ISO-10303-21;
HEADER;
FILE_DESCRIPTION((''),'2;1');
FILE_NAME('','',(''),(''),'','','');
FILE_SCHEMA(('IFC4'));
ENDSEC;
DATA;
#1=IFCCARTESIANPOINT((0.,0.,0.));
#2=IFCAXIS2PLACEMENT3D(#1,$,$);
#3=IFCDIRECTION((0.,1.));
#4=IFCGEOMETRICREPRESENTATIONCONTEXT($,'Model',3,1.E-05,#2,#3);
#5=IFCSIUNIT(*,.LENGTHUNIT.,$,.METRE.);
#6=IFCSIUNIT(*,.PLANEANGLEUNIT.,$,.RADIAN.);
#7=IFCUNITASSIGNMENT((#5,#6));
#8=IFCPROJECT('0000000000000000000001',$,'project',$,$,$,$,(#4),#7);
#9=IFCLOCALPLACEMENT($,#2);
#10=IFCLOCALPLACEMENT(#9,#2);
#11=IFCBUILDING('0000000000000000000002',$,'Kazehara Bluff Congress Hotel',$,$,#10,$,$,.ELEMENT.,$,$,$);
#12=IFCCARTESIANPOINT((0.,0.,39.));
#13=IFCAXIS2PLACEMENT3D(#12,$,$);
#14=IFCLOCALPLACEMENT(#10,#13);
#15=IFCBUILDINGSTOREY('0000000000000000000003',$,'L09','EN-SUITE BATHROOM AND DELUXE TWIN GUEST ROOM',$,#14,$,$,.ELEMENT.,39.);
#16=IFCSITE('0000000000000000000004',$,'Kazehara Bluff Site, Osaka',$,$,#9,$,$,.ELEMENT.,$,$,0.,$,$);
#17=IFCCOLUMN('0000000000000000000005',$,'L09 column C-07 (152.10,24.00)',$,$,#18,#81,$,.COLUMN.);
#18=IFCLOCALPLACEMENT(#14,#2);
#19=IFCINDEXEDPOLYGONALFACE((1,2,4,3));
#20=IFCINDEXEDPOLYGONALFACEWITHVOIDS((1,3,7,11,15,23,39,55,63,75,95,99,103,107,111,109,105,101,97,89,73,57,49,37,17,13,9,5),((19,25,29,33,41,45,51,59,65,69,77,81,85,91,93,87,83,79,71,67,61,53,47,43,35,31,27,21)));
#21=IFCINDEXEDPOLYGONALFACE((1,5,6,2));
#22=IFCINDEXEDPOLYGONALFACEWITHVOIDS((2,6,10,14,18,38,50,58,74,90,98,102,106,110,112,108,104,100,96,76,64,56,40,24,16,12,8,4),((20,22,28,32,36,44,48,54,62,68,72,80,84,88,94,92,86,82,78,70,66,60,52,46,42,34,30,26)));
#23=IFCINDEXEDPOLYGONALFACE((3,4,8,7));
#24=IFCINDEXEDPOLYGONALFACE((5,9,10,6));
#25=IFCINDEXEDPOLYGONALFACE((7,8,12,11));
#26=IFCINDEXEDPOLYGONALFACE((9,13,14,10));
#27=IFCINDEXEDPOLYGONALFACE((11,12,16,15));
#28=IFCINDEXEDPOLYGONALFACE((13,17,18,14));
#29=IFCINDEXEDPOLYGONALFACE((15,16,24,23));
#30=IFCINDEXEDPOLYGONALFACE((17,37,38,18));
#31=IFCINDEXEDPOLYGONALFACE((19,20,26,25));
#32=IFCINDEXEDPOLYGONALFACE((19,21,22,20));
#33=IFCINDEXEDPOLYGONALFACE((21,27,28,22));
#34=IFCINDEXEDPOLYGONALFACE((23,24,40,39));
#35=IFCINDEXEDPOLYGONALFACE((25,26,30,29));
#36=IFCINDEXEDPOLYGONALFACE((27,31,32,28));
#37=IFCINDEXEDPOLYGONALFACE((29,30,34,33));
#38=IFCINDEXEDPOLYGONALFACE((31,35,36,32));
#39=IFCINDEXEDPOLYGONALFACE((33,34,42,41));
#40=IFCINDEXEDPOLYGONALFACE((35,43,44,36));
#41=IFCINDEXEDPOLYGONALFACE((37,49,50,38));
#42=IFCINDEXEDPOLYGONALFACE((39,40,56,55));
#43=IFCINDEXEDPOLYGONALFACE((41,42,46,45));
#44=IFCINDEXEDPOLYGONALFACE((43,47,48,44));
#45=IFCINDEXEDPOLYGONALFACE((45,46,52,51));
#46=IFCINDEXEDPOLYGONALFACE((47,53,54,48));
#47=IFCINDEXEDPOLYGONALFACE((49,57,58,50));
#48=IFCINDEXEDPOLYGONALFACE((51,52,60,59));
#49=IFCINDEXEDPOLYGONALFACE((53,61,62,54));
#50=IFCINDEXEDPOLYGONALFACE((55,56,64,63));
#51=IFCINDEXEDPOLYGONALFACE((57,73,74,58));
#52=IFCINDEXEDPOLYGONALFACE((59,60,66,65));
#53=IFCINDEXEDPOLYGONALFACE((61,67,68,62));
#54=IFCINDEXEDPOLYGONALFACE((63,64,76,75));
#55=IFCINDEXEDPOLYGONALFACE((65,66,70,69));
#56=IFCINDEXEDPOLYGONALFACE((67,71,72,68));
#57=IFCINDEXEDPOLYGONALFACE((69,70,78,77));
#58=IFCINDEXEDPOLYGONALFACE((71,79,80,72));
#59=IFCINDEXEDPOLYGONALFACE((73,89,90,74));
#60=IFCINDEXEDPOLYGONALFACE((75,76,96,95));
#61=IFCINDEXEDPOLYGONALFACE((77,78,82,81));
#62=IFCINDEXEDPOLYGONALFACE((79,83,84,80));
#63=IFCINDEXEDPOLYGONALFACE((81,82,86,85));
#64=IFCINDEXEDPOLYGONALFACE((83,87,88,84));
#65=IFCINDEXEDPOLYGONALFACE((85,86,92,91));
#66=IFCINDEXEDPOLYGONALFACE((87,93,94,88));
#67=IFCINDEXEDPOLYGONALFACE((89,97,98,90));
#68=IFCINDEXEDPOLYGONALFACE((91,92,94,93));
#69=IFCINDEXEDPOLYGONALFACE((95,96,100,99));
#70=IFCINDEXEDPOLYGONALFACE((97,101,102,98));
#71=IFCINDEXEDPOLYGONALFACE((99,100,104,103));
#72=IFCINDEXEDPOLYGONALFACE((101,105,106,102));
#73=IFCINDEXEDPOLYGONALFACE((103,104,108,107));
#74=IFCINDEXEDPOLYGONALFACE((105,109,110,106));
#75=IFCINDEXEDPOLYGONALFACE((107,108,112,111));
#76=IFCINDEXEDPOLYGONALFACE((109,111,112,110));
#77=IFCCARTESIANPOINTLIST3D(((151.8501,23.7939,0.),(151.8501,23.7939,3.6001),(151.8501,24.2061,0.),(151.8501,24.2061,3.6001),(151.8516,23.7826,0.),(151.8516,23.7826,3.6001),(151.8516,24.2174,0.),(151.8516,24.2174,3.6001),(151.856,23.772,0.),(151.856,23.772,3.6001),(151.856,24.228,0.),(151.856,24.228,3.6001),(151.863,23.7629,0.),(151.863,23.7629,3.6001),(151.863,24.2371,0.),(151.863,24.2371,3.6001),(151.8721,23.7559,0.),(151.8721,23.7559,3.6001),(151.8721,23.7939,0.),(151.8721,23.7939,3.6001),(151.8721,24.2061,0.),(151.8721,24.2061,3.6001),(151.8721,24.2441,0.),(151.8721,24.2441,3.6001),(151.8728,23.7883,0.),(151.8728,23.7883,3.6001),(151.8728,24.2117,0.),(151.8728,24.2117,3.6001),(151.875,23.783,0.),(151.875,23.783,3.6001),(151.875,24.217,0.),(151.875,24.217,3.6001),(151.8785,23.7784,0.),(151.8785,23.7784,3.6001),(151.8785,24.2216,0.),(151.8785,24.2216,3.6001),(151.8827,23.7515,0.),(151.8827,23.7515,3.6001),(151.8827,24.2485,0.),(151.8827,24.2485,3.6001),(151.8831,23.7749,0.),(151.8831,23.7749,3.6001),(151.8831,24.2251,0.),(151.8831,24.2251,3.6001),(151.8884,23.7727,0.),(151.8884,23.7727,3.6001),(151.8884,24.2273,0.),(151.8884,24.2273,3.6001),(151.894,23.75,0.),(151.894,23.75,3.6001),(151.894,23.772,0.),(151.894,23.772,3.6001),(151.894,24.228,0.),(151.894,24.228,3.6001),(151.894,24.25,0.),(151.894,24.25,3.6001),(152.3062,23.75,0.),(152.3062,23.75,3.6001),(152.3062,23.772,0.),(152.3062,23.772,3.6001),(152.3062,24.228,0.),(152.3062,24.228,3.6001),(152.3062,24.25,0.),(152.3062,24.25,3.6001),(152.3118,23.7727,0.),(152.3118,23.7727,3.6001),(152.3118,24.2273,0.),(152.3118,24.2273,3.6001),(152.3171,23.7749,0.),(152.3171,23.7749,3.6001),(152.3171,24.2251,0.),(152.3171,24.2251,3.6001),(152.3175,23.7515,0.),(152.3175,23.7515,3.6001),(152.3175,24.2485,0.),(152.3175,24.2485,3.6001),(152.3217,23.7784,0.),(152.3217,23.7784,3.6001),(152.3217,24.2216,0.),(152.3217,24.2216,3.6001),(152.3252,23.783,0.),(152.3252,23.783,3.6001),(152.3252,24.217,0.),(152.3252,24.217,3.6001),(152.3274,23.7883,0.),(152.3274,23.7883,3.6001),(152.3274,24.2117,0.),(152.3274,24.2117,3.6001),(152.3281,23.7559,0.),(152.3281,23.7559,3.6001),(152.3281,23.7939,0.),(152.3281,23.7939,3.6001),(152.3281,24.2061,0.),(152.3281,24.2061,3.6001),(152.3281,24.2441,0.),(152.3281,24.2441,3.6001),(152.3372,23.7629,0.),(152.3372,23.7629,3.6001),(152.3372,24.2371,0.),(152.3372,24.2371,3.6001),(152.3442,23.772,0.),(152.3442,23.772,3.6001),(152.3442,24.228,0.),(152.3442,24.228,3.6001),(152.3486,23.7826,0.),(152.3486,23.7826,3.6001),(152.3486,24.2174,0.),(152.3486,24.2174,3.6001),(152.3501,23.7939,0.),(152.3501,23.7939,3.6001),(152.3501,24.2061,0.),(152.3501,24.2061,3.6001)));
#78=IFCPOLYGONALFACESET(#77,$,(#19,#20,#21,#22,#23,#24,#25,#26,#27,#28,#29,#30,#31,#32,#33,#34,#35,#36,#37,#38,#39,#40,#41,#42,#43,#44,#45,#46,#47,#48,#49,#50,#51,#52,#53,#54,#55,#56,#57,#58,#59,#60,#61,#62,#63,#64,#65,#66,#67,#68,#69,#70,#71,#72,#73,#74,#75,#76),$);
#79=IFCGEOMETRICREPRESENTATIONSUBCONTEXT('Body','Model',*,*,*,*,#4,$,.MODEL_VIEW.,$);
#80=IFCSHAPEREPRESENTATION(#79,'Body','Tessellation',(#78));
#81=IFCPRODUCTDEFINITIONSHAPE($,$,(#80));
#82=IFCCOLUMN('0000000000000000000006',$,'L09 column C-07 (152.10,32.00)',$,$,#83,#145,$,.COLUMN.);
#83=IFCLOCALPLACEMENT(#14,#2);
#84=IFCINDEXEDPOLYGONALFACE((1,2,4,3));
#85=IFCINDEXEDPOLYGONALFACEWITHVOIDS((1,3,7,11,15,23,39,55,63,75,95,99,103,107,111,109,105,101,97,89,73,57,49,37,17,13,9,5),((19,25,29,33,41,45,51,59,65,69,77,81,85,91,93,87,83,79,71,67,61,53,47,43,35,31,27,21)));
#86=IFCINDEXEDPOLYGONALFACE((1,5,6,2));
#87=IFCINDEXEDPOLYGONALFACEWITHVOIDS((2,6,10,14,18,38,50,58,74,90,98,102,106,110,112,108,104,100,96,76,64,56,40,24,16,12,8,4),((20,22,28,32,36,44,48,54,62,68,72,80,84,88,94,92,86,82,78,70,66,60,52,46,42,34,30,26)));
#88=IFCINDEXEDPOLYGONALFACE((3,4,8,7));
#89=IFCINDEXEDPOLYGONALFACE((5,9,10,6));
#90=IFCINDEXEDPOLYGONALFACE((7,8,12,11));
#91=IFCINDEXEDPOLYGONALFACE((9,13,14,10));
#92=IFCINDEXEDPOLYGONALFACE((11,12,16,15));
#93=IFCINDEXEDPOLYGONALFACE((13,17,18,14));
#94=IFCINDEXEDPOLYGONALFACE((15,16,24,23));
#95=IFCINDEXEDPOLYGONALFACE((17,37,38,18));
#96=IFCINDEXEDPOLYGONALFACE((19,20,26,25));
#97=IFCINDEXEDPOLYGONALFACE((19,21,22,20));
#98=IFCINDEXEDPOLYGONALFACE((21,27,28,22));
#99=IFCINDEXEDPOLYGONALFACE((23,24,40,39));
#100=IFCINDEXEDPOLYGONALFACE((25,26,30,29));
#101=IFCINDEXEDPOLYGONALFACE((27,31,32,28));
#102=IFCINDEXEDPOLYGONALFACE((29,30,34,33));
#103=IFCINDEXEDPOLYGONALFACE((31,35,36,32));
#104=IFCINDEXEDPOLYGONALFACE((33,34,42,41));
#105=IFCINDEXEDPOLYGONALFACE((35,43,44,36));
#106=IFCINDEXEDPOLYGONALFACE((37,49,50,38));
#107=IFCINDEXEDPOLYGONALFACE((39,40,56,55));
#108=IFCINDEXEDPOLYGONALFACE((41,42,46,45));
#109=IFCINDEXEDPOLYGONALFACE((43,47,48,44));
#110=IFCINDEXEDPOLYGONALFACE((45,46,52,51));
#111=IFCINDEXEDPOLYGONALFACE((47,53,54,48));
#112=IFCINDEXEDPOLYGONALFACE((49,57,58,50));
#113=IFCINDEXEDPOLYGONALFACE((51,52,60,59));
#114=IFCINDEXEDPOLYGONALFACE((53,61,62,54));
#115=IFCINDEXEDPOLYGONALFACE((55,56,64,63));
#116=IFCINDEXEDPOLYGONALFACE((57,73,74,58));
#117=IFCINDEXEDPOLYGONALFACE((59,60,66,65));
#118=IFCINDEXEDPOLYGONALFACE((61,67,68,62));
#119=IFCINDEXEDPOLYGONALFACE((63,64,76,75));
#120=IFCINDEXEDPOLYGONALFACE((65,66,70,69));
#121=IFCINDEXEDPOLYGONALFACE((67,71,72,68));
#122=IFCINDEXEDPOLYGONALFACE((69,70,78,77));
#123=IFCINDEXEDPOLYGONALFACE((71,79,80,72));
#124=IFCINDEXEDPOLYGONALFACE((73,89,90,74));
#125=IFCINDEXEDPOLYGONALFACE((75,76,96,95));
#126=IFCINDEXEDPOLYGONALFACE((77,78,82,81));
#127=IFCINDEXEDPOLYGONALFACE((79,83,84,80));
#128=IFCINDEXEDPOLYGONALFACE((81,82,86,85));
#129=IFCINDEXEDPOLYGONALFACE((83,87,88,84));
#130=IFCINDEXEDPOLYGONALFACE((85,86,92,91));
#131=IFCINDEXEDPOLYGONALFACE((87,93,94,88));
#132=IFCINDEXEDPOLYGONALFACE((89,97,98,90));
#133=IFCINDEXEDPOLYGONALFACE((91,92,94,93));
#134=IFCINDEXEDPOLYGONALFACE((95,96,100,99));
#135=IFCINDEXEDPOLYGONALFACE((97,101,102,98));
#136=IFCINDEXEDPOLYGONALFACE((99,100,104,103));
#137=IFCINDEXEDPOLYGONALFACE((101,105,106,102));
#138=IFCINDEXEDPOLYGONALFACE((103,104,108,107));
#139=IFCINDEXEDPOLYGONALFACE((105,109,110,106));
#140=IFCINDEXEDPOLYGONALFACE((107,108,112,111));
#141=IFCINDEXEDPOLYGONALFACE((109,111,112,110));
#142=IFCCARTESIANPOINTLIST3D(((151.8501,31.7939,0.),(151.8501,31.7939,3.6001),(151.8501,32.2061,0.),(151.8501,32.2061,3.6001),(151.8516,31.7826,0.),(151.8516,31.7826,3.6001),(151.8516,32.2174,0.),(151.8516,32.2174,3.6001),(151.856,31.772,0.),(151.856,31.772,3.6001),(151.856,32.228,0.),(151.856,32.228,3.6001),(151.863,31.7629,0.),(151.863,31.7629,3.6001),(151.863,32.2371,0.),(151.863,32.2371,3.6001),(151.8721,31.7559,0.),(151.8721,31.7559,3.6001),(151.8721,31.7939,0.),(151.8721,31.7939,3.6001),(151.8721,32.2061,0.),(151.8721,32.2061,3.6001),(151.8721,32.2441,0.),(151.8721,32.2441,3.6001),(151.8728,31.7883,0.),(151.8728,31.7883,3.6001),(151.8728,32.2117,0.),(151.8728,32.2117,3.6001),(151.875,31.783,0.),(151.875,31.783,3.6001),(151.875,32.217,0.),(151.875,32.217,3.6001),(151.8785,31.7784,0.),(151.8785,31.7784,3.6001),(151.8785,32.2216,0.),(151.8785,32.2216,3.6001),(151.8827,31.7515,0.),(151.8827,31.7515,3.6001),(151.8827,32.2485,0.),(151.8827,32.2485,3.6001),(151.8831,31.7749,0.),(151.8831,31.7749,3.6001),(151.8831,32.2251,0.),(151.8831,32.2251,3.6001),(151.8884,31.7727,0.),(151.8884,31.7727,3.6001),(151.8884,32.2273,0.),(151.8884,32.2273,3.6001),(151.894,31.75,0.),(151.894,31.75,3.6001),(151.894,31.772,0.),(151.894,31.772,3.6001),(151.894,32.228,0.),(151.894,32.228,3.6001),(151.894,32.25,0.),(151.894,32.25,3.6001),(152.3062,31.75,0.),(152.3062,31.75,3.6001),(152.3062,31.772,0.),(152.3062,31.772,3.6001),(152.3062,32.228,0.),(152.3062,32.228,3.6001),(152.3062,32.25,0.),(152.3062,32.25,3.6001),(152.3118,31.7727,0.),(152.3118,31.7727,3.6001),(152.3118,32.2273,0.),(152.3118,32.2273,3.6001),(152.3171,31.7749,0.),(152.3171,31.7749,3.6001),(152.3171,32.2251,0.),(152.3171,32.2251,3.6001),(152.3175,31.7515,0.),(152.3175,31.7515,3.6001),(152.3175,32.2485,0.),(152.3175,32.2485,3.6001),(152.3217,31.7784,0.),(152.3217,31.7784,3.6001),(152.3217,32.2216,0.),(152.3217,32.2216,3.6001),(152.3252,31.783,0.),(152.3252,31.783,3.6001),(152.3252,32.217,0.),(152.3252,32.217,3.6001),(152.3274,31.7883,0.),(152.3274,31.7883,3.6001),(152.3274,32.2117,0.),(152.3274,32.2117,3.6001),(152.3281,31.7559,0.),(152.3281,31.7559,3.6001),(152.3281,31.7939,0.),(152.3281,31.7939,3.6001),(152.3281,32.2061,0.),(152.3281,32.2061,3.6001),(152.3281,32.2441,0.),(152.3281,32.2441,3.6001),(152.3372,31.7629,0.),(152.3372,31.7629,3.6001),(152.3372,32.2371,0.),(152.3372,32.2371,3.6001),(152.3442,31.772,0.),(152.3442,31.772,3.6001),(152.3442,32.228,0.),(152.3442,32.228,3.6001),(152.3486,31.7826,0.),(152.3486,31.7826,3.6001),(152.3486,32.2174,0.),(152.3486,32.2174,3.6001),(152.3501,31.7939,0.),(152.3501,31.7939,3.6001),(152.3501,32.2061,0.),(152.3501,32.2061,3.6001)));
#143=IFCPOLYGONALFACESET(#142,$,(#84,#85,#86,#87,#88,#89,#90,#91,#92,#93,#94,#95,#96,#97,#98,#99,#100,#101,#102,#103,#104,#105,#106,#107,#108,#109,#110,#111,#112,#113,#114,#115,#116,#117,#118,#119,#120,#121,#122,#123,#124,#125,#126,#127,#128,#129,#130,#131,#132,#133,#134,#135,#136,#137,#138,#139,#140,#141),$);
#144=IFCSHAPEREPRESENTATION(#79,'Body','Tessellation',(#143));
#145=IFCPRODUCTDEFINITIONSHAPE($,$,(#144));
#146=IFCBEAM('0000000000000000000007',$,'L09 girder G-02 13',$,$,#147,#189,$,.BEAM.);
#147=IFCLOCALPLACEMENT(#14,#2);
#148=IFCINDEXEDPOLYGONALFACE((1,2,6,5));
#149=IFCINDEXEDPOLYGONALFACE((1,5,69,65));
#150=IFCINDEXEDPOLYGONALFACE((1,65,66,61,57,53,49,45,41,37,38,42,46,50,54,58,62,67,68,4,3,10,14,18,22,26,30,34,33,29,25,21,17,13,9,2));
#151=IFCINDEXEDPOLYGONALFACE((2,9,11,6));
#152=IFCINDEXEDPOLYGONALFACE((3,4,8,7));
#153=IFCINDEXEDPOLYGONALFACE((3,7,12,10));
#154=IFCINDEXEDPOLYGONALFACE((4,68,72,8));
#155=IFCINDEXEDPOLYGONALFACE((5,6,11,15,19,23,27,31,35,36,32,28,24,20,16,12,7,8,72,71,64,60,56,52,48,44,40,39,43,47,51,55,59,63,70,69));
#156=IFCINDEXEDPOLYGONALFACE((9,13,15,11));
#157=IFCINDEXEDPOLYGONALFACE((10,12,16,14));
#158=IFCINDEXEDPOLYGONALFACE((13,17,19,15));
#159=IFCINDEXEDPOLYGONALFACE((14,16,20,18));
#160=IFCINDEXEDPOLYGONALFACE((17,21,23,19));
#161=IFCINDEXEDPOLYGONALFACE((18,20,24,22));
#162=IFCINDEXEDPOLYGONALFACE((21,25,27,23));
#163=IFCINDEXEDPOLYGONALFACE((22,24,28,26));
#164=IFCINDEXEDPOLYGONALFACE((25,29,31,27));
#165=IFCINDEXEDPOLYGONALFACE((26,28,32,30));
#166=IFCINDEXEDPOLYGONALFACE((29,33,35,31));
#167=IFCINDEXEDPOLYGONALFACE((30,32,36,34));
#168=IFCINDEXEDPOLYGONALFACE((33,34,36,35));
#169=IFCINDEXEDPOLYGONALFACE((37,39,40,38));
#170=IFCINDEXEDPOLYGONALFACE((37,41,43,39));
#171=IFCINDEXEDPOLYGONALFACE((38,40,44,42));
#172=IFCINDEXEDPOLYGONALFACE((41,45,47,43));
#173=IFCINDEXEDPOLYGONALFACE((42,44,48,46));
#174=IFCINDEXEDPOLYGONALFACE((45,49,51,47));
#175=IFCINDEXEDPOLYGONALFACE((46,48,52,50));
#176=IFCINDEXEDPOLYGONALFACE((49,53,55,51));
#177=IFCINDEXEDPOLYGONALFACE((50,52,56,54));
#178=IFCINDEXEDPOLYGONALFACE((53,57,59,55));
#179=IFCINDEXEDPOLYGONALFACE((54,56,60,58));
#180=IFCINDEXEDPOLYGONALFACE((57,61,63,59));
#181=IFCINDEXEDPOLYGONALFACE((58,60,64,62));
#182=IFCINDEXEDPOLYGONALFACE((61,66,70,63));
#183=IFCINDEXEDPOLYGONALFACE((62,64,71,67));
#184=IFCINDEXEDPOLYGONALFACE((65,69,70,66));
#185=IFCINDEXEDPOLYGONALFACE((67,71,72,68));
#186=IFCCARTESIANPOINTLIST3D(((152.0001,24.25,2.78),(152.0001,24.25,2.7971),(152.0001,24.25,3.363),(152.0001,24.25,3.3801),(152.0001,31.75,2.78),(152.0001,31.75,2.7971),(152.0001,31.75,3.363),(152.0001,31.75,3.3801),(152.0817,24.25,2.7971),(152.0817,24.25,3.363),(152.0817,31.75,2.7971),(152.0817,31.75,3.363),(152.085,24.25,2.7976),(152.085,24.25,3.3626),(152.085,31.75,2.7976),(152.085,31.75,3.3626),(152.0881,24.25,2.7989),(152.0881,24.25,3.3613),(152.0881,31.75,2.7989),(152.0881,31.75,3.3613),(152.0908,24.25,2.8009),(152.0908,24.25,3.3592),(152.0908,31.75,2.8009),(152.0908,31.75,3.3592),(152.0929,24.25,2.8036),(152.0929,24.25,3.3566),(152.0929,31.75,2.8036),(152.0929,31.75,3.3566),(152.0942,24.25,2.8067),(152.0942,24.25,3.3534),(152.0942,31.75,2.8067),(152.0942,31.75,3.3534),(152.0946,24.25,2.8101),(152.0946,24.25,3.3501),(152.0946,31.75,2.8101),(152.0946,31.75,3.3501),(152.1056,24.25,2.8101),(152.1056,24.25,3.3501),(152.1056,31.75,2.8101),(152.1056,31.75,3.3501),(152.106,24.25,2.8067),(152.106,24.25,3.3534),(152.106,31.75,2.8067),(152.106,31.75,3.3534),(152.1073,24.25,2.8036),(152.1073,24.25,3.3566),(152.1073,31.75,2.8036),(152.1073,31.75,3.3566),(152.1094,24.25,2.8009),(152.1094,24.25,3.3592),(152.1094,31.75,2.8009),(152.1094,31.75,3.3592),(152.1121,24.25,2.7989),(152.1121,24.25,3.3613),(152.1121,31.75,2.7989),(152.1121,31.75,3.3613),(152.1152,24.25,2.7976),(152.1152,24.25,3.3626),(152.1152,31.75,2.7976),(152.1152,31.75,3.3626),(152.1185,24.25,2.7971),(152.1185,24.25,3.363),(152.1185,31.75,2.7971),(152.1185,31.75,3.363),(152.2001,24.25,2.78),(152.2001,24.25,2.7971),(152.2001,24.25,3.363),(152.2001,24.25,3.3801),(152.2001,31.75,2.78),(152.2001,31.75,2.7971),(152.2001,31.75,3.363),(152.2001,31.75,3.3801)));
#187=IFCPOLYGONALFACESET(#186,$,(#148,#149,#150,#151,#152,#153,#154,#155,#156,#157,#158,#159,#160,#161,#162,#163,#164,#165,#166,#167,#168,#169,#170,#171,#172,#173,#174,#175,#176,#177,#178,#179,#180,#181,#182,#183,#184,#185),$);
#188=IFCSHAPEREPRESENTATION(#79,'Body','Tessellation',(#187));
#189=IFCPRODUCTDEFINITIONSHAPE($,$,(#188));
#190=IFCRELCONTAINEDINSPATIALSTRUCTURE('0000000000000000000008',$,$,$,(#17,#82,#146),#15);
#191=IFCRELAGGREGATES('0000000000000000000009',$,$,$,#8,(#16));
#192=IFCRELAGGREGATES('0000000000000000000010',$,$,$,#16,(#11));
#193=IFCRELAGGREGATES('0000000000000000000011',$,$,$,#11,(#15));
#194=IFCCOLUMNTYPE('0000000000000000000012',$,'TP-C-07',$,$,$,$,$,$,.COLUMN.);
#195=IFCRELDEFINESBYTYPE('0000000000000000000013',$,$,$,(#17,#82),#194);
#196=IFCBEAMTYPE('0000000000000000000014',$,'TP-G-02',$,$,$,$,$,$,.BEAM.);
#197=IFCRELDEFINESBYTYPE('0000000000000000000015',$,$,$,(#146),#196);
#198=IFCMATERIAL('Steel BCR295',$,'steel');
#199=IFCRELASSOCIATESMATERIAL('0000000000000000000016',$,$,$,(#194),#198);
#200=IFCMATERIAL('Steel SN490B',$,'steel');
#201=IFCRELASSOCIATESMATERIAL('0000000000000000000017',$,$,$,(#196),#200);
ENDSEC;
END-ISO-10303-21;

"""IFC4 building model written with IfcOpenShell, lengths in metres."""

from ifc_helpers import new_model, si_unit, direction, frame, origin, origin_2d, place, context, subcontext, project, spatial, hollow_rectangle, i_section, extrude, material, material_profile, profile_set, type_object, element, save


model = new_model("IFC4")

# Units and contexts
model_context = context("Model", 3, precision=1e-05, world=origin(), true_north=direction((0.0, 1.0)))
body_context = subcontext(model_context, "Body", "Model", "MODEL_VIEW")
ifc_project = project(units=[si_unit("LENGTHUNIT", "METRE"), si_unit("PLANEANGLEUNIT", "RADIAN")], contexts=[model_context])

# Site, building, storey
site_placement = place(None, origin())
site = spatial("IfcSite", under=ifc_project, at=site_placement, Name="Kazehara Bluff Site, Osaka", CompositionType="ELEMENT", RefElevation=0.0)
building_placement = place(site_placement, origin())
building = spatial("IfcBuilding", under=site, at=building_placement, Name="Kazehara Bluff Congress Hotel", CompositionType="ELEMENT")
storey_placement = place(building_placement, frame((0.0, 0.0, 39.0)))
storey = spatial("IfcBuildingStorey", under=building, at=storey_placement, Name="L09", Description="EN-SUITE BATHROOM AND DELUXE TWIN GUEST ROOM", CompositionType="ELEMENT", Elevation=39.0)

# Columns
ifc_material_1 = material(Name="Steel BCR295", Category="steel")
ifc_material_profile_1 = material_profile(ifc_material_1, hollow_rectangle(XDim=0.5, YDim=0.5, WallThickness=0.022, InnerFilletRadius=0.022, OuterFilletRadius=0.0439, at=origin_2d()))
ifc_profile_set_1 = profile_set([ifc_material_profile_1], Name="Steel BCR295")
column_type = type_object("IfcColumnType", Name="TP-C-07", PredefinedType="COLUMN", material=ifc_profile_set_1)
for number, where, z_axis, x_axis, name in (
    (1, (152.1001, 24.0, 0.0), (0.0, 0.0, 1.0), (1.0, 0.0, 0.0), "L09 column C-07 (152.10,24.00)"),
    (2, (152.1001, 32.0, 0.0), (0.0, 0.0, 1.0), (1.0, 0.0, 0.0), "L09 column C-07 (152.10,32.00)"),
):
    element("IfcColumn", number, at=place(storey_placement, frame(where, z_axis=z_axis, x_axis=x_axis)), inside=storey, type_object=column_type, Name=name, PredefinedType="COLUMN", context=body_context, shape_type="SweptSolid", body=[
        extrude(hollow_rectangle(XDim=0.5, YDim=0.5, WallThickness=0.022, InnerFilletRadius=0.022, OuterFilletRadius=0.0439, at=origin_2d()), origin(), (0.0, 0.0, 1.0), 3.6001),
    ])

# Beam
ifc_material_2 = material(Name="Steel SN490B", Category="steel")
ifc_material_profile_2 = material_profile(ifc_material_2, i_section(OverallWidth=0.2, OverallDepth=0.6001, WebThickness=0.011, FlangeThickness=0.0171, FilletRadius=0.0129, at=origin_2d()))
ifc_profile_set_2 = profile_set([ifc_material_profile_2], Name="Steel SN490B")
beam_type_1 = type_object("IfcBeamType", Name="TP-G-02", PredefinedType="BEAM", material=ifc_profile_set_2)
beam_1_placement = place(storey_placement, frame((152.1001, 24.25, 3.0801), z_axis=(0.0, 1.0, 0.0), x_axis=(-1.0, 0.0, 0.0)))
element("IfcBeam", 3, at=beam_1_placement, inside=storey, type_object=beam_type_1, Name="L09 girder G-02 13", PredefinedType="BEAM", context=body_context, shape_type="SweptSolid", body=[
    extrude(i_section(OverallWidth=0.2, OverallDepth=0.6001, WebThickness=0.011, FlangeThickness=0.0171, FilletRadius=0.0129, at=origin_2d()), origin(), (0.0, 0.0, 1.0), 7.5),
])

save(model, "model.ifc")
